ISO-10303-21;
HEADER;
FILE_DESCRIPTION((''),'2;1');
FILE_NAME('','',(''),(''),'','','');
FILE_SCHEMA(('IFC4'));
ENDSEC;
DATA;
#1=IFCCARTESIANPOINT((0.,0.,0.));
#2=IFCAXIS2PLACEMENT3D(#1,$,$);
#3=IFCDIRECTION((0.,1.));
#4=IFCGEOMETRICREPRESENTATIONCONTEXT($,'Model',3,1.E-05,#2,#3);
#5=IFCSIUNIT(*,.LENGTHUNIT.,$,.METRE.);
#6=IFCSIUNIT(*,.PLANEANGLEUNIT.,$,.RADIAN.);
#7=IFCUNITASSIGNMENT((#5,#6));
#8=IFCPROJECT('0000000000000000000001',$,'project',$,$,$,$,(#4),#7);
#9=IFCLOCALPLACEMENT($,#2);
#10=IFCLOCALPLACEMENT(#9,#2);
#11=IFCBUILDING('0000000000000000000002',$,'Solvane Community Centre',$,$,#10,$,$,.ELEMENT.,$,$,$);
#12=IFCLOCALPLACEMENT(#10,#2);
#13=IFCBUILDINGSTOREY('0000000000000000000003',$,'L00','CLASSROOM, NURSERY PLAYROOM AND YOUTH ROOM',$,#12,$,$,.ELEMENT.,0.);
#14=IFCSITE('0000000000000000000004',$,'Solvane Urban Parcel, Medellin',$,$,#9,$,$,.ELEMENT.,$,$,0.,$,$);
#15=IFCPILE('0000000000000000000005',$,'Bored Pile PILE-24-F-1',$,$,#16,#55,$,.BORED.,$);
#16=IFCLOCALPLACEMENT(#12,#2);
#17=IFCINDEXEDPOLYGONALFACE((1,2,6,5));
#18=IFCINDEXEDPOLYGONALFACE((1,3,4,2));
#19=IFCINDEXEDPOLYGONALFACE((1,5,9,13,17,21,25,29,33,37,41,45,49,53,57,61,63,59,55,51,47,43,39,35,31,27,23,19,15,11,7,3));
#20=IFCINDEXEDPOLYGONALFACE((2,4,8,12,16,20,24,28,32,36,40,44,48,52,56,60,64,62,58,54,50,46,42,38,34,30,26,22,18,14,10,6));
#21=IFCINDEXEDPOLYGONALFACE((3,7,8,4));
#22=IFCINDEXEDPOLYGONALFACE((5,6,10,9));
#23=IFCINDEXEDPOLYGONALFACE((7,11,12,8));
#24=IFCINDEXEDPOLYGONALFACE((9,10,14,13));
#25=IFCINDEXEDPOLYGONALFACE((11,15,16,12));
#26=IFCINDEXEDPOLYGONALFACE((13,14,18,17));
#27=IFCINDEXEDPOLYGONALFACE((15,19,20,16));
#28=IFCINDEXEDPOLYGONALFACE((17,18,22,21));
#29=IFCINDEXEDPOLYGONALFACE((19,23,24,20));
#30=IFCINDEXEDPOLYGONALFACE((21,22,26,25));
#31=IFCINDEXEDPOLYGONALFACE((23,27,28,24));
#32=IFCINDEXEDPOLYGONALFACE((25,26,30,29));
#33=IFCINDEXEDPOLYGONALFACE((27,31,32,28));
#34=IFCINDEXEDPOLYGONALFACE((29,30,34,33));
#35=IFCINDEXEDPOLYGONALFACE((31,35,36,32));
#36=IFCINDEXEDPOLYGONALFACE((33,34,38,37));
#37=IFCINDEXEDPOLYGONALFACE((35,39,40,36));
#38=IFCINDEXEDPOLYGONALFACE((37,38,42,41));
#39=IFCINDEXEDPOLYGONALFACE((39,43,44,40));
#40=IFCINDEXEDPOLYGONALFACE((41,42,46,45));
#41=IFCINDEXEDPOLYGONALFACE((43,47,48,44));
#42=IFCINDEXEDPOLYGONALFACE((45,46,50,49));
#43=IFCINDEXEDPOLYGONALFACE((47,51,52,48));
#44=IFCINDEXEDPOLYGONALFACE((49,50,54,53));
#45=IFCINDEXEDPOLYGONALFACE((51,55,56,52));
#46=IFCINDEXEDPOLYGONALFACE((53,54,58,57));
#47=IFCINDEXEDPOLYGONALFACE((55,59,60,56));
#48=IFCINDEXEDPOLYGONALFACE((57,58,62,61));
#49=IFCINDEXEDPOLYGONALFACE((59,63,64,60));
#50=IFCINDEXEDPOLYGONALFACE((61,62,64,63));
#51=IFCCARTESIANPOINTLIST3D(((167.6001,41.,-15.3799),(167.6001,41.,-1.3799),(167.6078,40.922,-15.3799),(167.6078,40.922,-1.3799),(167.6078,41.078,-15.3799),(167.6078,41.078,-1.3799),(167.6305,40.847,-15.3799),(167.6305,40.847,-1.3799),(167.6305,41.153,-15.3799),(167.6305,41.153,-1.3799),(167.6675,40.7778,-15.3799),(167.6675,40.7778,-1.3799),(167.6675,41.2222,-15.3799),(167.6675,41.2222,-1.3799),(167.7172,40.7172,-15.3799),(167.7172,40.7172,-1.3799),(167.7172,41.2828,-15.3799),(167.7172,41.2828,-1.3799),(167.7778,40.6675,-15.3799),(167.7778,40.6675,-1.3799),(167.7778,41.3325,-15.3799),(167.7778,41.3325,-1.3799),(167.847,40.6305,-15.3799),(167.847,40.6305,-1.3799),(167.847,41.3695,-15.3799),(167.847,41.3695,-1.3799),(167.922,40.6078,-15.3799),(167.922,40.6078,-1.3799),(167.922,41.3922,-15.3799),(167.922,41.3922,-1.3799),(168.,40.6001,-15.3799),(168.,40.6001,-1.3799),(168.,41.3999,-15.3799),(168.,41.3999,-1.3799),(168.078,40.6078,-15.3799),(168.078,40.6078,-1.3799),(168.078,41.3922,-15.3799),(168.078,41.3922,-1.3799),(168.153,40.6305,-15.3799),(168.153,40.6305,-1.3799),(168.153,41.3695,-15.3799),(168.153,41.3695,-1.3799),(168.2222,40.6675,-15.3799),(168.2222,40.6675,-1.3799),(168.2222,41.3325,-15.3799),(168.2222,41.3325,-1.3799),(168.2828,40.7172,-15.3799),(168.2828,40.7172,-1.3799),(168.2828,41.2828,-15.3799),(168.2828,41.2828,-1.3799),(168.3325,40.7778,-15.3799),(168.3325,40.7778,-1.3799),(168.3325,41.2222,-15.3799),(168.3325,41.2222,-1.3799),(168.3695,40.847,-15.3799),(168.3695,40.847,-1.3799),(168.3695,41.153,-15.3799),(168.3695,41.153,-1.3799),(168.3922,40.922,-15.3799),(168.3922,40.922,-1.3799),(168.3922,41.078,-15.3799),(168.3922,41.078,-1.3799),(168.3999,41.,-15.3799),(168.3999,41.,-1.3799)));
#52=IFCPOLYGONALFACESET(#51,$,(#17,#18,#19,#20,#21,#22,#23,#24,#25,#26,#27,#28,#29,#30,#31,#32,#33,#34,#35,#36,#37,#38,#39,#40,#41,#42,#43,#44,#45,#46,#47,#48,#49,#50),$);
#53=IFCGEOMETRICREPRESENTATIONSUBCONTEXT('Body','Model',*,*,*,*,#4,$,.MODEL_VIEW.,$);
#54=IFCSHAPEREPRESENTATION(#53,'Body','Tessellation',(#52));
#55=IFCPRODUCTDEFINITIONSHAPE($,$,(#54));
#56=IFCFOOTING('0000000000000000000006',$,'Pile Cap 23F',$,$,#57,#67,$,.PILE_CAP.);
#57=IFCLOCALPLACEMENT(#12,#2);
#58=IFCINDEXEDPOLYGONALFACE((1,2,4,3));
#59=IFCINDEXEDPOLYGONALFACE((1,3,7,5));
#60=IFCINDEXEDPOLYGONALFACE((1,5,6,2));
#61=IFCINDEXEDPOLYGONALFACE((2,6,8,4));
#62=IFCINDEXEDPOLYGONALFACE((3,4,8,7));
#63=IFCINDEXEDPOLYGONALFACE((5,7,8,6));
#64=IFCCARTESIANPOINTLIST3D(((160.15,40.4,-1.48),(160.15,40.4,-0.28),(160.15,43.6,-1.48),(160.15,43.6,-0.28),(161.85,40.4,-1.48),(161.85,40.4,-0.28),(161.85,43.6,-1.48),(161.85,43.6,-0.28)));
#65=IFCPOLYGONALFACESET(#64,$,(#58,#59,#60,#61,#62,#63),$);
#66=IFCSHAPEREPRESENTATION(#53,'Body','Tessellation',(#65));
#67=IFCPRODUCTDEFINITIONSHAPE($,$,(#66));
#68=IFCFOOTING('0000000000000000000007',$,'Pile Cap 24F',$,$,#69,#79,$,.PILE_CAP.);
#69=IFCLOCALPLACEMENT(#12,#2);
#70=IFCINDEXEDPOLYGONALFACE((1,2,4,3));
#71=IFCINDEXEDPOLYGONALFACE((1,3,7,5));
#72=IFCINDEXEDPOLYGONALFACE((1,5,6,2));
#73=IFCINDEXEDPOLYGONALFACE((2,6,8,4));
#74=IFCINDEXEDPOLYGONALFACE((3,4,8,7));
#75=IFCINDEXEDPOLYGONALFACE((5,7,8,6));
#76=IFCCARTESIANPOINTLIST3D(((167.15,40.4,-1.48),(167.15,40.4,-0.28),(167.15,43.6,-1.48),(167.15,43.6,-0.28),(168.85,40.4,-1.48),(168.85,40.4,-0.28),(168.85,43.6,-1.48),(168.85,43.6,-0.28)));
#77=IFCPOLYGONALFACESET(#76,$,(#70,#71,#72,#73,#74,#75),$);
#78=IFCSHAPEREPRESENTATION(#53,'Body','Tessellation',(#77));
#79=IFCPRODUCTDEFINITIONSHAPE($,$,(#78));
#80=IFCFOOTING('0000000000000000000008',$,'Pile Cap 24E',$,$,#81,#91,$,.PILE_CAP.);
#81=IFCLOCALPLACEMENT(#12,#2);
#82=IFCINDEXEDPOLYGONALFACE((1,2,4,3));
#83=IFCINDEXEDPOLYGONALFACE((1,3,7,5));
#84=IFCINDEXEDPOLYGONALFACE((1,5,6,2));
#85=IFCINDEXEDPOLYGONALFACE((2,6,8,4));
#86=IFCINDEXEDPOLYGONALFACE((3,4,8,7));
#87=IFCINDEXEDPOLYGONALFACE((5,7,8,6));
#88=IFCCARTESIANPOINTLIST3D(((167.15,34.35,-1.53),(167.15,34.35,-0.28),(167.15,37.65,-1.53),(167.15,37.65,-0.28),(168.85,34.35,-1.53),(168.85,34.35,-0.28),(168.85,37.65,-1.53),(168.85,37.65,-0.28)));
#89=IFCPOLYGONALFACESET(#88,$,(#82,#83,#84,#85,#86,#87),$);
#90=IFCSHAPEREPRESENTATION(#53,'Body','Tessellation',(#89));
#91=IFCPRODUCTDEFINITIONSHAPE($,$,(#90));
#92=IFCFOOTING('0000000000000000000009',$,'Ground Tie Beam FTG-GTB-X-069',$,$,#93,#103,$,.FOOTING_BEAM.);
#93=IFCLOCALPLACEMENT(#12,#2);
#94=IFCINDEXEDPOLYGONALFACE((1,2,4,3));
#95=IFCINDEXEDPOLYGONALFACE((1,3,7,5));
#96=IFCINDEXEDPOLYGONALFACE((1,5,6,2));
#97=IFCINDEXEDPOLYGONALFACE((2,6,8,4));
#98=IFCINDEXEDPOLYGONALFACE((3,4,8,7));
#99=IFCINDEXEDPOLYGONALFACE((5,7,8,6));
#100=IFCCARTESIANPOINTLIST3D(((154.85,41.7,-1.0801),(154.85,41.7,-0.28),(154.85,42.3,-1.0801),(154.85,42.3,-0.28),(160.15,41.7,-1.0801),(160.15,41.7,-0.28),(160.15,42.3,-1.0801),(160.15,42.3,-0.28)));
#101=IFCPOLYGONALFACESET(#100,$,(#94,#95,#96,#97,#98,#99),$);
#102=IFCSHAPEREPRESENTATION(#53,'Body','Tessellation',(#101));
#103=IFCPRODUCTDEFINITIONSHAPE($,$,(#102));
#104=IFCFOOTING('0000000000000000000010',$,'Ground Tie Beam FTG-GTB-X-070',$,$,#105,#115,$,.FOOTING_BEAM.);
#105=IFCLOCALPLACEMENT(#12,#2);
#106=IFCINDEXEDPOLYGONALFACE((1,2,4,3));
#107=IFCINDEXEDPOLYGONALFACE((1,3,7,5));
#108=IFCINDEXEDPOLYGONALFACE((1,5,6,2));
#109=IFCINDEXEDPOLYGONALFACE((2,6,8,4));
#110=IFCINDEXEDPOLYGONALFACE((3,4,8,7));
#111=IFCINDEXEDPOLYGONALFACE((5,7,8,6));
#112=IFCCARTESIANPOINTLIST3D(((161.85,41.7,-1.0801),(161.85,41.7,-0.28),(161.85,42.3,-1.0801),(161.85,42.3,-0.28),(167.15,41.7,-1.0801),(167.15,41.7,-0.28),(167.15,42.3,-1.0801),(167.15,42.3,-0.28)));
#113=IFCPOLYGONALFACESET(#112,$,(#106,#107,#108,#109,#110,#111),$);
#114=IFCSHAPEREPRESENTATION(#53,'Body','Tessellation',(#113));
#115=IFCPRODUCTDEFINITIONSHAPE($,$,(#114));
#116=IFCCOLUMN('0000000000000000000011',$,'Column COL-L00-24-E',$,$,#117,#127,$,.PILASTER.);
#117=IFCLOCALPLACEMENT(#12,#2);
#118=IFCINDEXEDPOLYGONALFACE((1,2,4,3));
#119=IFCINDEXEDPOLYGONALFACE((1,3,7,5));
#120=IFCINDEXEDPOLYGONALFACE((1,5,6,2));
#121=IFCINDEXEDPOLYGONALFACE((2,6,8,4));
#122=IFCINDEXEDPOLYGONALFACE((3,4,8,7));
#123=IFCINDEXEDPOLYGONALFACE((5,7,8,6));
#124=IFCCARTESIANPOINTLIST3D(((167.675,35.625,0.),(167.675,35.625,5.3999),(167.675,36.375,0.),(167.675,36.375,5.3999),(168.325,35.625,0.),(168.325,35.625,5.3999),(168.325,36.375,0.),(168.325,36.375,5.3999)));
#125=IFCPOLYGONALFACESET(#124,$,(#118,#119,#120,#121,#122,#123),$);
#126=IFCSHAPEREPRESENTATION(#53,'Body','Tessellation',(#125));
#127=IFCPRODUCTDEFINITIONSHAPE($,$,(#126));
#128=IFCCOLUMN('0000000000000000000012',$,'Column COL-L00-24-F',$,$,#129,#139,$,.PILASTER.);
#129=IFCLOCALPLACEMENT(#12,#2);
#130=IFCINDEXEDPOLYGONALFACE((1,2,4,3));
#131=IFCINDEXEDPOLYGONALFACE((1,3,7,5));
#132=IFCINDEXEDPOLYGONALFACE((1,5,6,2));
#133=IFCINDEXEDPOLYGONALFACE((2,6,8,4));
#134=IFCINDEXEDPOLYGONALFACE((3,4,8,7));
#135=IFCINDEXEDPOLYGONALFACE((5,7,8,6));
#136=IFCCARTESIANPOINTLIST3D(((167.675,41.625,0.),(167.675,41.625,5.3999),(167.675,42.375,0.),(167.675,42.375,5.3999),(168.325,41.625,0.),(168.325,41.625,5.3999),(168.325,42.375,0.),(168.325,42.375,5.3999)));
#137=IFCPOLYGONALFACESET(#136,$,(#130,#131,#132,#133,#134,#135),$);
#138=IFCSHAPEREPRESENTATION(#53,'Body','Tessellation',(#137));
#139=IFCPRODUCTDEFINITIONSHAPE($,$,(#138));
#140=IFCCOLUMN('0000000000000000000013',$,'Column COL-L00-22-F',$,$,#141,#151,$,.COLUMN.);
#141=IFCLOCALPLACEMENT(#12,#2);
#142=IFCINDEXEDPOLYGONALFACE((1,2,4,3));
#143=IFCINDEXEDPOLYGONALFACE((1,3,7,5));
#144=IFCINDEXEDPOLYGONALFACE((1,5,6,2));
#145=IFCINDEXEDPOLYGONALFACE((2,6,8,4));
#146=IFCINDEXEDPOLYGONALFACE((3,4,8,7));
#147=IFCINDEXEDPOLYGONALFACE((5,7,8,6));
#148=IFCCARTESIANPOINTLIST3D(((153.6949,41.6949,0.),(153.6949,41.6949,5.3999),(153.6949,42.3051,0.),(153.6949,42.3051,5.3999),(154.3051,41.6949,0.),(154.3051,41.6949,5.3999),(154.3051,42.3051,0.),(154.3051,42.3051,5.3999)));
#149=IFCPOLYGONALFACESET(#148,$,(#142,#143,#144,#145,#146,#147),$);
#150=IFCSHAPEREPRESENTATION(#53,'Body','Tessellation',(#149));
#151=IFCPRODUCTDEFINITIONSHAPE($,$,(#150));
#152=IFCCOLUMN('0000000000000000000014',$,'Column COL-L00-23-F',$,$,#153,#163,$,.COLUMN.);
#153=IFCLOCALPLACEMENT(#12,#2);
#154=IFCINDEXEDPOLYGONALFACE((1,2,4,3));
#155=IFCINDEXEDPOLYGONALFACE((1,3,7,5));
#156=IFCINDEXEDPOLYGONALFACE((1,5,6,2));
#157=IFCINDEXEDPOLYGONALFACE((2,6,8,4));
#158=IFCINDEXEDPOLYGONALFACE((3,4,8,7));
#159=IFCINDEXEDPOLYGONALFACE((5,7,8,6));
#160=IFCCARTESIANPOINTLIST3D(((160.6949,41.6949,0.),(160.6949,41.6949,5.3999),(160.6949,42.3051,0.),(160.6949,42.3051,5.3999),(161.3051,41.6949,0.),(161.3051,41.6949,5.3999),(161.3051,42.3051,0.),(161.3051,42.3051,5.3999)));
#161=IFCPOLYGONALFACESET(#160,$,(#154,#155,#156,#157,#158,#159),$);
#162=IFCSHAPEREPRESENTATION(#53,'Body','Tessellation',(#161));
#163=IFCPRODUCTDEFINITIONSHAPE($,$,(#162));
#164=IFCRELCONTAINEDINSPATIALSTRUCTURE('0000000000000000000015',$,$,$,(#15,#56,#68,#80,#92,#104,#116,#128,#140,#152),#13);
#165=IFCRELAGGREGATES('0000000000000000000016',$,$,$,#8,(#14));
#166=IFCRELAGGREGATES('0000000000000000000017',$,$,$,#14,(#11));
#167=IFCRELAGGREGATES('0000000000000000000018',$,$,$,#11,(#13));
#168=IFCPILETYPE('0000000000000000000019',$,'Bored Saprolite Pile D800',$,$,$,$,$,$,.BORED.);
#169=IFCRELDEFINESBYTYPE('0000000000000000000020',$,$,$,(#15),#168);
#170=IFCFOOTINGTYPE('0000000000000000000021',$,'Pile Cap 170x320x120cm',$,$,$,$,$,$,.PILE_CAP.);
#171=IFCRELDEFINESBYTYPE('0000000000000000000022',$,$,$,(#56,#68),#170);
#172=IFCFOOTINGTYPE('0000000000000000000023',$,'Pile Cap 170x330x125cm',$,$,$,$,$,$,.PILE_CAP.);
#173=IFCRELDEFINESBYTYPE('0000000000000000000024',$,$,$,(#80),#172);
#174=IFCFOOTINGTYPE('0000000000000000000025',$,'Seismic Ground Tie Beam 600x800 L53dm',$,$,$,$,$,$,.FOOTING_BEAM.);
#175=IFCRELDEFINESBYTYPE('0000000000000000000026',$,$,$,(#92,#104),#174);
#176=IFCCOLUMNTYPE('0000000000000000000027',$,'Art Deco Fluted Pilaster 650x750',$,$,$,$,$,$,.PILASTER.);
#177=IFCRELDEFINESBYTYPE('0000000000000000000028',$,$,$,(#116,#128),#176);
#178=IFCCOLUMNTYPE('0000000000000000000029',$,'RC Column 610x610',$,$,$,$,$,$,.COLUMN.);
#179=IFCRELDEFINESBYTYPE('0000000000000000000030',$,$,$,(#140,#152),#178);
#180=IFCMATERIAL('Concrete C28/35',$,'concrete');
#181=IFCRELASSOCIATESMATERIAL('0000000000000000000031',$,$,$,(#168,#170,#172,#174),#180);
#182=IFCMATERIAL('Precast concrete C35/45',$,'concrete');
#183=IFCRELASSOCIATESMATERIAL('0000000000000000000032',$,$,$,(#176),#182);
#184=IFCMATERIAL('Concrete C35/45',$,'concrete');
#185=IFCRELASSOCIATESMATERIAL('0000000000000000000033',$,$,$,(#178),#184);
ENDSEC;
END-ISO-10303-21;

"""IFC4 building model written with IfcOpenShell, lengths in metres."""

from ifc_helpers import new_model, si_unit, direction, frame, origin, origin_2d, place, context, subcontext, project, spatial, rectangle, circle, extrude, material, material_profile, profile_set, type_object, element, save


model = new_model("IFC4")

# Units and contexts
model_context = context("Model", 3, precision=1e-05, world=origin(), true_north=direction((0.0, 1.0)))
body_context = subcontext(model_context, "Body", "Model", "MODEL_VIEW")
ifc_project = project(units=[si_unit("LENGTHUNIT", "METRE"), si_unit("PLANEANGLEUNIT", "RADIAN")], contexts=[model_context])

# Site, building, storey
site_placement = place(None, origin())
site = spatial("IfcSite", under=ifc_project, at=site_placement, Name="Solvane Urban Parcel, Medellin", CompositionType="ELEMENT", RefElevation=0.0)
building_placement = place(site_placement, origin())
building = spatial("IfcBuilding", under=site, at=building_placement, Name="Solvane Community Centre", CompositionType="ELEMENT")
storey_placement = place(building_placement, origin())
storey = spatial("IfcBuildingStorey", under=building, at=storey_placement, Name="L00", Description="CLASSROOM, NURSERY PLAYROOM AND YOUTH ROOM", CompositionType="ELEMENT", Elevation=0.0)

# Pile
ifc_material_1 = material(Name="Concrete C28/35", Category="concrete")
ifc_material_profile_1 = material_profile(ifc_material_1, circle(Radius=0.3999, at=origin_2d()), Name="PILE D800")
ifc_profile_set_1 = profile_set([ifc_material_profile_1], Name="Concrete C28/35")
pile_type = type_object("IfcPileType", Name="Bored Saprolite Pile D800", PredefinedType="BORED", material=ifc_profile_set_1)
for number, where, z_axis, x_axis, name in (
    (1, (168.0, 41.0, -1.3799), (0.0, 0.0, -1.0), (1.0, 0.0, 0.0), "Bored Pile PILE-24-F-1"),
):
    element("IfcPile", number, at=place(storey_placement, frame(where, z_axis=z_axis, x_axis=x_axis)), inside=storey, type_object=pile_type, Name=name, PredefinedType="BORED", context=body_context, shape_type="SweptSolid", body=[
        extrude(circle(Radius=0.3999, at=origin_2d()), origin(), (0.0, 0.0, 1.0), 14.0),
    ])

# Footings
footing_type_1 = type_object("IfcFootingType", Name="Pile Cap 170x320x120cm", PredefinedType="PILE_CAP", material=ifc_material_1)
for number, where, z_axis, x_axis, name in (
    (2, (161.0, 42.0, -1.48), (0.0, 0.0, 1.0), (1.0, 0.0, 0.0), "Pile Cap 23F"),
    (3, (168.0, 42.0, -1.48), (0.0, 0.0, 1.0), (1.0, 0.0, 0.0), "Pile Cap 24F"),
):
    element("IfcFooting", number, at=place(storey_placement, frame(where, z_axis=z_axis, x_axis=x_axis)), inside=storey, type_object=footing_type_1, Name=name, PredefinedType="PILE_CAP", context=body_context, shape_type="SweptSolid", body=[
        extrude(rectangle(XDim=1.7, YDim=3.2, at=origin_2d()), origin(), (0.0, 0.0, 1.0), 1.2),
    ])
footing_type_2 = type_object("IfcFootingType", Name="Pile Cap 170x330x125cm", PredefinedType="PILE_CAP", material=ifc_material_1)
footing_placement = place(storey_placement, frame((168.0, 36.0, -1.53), z_axis=(0.0, 0.0, 1.0), x_axis=(1.0, 0.0, 0.0)))
element("IfcFooting", 4, at=footing_placement, inside=storey, type_object=footing_type_2, Name="Pile Cap 24E", PredefinedType="PILE_CAP", context=body_context, shape_type="SweptSolid", body=[
    extrude(rectangle(XDim=1.7, YDim=3.3, at=origin_2d()), origin(), (0.0, 0.0, 1.0), 1.25),
])
footing_type_3 = type_object("IfcFootingType", Name="Seismic Ground Tie Beam 600x800 L53dm", PredefinedType="FOOTING_BEAM", material=ifc_material_1)
for number, where, z_axis, x_axis, name in (
    (5, (157.5, 42.0, -1.0801), (0.0, 0.0, 1.0), (1.0, 0.0, 0.0), "Ground Tie Beam FTG-GTB-X-069"),
    (6, (164.5, 42.0, -1.0801), (0.0, 0.0, 1.0), (1.0, 0.0, 0.0), "Ground Tie Beam FTG-GTB-X-070"),
):
    element("IfcFooting", number, at=place(storey_placement, frame(where, z_axis=z_axis, x_axis=x_axis)), inside=storey, type_object=footing_type_3, Name=name, PredefinedType="FOOTING_BEAM", context=body_context, shape_type="SweptSolid", body=[
        extrude(rectangle(XDim=5.3, YDim=0.6001, at=origin_2d()), origin(), (0.0, 0.0, 1.0), 0.8),
    ])

# Columns
ifc_material_2 = material(Name="Precast concrete C35/45", Category="concrete")
ifc_material_profile_2 = material_profile(ifc_material_2, rectangle(XDim=0.6499, YDim=0.75, at=origin_2d()), Name="RC 650x750")
ifc_profile_set_2 = profile_set([ifc_material_profile_2], Name="Precast concrete C35/45")
column_type_1 = type_object("IfcColumnType", Name="Art Deco Fluted Pilaster 650x750", PredefinedType="PILASTER", material=ifc_profile_set_2)
for number, where, z_axis, x_axis, name in (
    (7, (168.0, 36.0, 0.0), (0.0, 0.0, 1.0), (1.0, 0.0, 0.0), "Column COL-L00-24-E"),
    (8, (168.0, 42.0, 0.0), (0.0, 0.0, 1.0), (1.0, 0.0, 0.0), "Column COL-L00-24-F"),
):
    element("IfcColumn", number, at=place(storey_placement, frame(where, z_axis=z_axis, x_axis=x_axis)), inside=storey, type_object=column_type_1, Name=name, PredefinedType="PILASTER", context=body_context, shape_type="SweptSolid", body=[
        extrude(rectangle(XDim=0.6499, YDim=0.75, at=origin_2d()), origin(), (0.0, 0.0, 1.0), 5.3999),
    ])
ifc_material_3 = material(Name="Concrete C35/45", Category="concrete")
ifc_material_profile_3 = material_profile(ifc_material_3, rectangle(XDim=0.6101, YDim=0.6101, at=origin_2d()), Name="RC 610x610")
ifc_profile_set_3 = profile_set([ifc_material_profile_3], Name="Concrete C35/45")
column_type_2 = type_object("IfcColumnType", Name="RC Column 610x610", PredefinedType="COLUMN", material=ifc_profile_set_3)
for number, where, z_axis, x_axis, name in (
    (9, (154.0, 42.0, 0.0), (0.0, 0.0, 1.0), (1.0, 0.0, 0.0), "Column COL-L00-22-F"),
    (10, (161.0, 42.0, 0.0), (0.0, 0.0, 1.0), (1.0, 0.0, 0.0), "Column COL-L00-23-F"),
):
    element("IfcColumn", number, at=place(storey_placement, frame(where, z_axis=z_axis, x_axis=x_axis)), inside=storey, type_object=column_type_2, Name=name, PredefinedType="COLUMN", context=body_context, shape_type="SweptSolid", body=[
        extrude(rectangle(XDim=0.6101, YDim=0.6101, at=origin_2d()), origin(), (0.0, 0.0, 1.0), 5.3999),
    ])

save(model, "model.ifc")
